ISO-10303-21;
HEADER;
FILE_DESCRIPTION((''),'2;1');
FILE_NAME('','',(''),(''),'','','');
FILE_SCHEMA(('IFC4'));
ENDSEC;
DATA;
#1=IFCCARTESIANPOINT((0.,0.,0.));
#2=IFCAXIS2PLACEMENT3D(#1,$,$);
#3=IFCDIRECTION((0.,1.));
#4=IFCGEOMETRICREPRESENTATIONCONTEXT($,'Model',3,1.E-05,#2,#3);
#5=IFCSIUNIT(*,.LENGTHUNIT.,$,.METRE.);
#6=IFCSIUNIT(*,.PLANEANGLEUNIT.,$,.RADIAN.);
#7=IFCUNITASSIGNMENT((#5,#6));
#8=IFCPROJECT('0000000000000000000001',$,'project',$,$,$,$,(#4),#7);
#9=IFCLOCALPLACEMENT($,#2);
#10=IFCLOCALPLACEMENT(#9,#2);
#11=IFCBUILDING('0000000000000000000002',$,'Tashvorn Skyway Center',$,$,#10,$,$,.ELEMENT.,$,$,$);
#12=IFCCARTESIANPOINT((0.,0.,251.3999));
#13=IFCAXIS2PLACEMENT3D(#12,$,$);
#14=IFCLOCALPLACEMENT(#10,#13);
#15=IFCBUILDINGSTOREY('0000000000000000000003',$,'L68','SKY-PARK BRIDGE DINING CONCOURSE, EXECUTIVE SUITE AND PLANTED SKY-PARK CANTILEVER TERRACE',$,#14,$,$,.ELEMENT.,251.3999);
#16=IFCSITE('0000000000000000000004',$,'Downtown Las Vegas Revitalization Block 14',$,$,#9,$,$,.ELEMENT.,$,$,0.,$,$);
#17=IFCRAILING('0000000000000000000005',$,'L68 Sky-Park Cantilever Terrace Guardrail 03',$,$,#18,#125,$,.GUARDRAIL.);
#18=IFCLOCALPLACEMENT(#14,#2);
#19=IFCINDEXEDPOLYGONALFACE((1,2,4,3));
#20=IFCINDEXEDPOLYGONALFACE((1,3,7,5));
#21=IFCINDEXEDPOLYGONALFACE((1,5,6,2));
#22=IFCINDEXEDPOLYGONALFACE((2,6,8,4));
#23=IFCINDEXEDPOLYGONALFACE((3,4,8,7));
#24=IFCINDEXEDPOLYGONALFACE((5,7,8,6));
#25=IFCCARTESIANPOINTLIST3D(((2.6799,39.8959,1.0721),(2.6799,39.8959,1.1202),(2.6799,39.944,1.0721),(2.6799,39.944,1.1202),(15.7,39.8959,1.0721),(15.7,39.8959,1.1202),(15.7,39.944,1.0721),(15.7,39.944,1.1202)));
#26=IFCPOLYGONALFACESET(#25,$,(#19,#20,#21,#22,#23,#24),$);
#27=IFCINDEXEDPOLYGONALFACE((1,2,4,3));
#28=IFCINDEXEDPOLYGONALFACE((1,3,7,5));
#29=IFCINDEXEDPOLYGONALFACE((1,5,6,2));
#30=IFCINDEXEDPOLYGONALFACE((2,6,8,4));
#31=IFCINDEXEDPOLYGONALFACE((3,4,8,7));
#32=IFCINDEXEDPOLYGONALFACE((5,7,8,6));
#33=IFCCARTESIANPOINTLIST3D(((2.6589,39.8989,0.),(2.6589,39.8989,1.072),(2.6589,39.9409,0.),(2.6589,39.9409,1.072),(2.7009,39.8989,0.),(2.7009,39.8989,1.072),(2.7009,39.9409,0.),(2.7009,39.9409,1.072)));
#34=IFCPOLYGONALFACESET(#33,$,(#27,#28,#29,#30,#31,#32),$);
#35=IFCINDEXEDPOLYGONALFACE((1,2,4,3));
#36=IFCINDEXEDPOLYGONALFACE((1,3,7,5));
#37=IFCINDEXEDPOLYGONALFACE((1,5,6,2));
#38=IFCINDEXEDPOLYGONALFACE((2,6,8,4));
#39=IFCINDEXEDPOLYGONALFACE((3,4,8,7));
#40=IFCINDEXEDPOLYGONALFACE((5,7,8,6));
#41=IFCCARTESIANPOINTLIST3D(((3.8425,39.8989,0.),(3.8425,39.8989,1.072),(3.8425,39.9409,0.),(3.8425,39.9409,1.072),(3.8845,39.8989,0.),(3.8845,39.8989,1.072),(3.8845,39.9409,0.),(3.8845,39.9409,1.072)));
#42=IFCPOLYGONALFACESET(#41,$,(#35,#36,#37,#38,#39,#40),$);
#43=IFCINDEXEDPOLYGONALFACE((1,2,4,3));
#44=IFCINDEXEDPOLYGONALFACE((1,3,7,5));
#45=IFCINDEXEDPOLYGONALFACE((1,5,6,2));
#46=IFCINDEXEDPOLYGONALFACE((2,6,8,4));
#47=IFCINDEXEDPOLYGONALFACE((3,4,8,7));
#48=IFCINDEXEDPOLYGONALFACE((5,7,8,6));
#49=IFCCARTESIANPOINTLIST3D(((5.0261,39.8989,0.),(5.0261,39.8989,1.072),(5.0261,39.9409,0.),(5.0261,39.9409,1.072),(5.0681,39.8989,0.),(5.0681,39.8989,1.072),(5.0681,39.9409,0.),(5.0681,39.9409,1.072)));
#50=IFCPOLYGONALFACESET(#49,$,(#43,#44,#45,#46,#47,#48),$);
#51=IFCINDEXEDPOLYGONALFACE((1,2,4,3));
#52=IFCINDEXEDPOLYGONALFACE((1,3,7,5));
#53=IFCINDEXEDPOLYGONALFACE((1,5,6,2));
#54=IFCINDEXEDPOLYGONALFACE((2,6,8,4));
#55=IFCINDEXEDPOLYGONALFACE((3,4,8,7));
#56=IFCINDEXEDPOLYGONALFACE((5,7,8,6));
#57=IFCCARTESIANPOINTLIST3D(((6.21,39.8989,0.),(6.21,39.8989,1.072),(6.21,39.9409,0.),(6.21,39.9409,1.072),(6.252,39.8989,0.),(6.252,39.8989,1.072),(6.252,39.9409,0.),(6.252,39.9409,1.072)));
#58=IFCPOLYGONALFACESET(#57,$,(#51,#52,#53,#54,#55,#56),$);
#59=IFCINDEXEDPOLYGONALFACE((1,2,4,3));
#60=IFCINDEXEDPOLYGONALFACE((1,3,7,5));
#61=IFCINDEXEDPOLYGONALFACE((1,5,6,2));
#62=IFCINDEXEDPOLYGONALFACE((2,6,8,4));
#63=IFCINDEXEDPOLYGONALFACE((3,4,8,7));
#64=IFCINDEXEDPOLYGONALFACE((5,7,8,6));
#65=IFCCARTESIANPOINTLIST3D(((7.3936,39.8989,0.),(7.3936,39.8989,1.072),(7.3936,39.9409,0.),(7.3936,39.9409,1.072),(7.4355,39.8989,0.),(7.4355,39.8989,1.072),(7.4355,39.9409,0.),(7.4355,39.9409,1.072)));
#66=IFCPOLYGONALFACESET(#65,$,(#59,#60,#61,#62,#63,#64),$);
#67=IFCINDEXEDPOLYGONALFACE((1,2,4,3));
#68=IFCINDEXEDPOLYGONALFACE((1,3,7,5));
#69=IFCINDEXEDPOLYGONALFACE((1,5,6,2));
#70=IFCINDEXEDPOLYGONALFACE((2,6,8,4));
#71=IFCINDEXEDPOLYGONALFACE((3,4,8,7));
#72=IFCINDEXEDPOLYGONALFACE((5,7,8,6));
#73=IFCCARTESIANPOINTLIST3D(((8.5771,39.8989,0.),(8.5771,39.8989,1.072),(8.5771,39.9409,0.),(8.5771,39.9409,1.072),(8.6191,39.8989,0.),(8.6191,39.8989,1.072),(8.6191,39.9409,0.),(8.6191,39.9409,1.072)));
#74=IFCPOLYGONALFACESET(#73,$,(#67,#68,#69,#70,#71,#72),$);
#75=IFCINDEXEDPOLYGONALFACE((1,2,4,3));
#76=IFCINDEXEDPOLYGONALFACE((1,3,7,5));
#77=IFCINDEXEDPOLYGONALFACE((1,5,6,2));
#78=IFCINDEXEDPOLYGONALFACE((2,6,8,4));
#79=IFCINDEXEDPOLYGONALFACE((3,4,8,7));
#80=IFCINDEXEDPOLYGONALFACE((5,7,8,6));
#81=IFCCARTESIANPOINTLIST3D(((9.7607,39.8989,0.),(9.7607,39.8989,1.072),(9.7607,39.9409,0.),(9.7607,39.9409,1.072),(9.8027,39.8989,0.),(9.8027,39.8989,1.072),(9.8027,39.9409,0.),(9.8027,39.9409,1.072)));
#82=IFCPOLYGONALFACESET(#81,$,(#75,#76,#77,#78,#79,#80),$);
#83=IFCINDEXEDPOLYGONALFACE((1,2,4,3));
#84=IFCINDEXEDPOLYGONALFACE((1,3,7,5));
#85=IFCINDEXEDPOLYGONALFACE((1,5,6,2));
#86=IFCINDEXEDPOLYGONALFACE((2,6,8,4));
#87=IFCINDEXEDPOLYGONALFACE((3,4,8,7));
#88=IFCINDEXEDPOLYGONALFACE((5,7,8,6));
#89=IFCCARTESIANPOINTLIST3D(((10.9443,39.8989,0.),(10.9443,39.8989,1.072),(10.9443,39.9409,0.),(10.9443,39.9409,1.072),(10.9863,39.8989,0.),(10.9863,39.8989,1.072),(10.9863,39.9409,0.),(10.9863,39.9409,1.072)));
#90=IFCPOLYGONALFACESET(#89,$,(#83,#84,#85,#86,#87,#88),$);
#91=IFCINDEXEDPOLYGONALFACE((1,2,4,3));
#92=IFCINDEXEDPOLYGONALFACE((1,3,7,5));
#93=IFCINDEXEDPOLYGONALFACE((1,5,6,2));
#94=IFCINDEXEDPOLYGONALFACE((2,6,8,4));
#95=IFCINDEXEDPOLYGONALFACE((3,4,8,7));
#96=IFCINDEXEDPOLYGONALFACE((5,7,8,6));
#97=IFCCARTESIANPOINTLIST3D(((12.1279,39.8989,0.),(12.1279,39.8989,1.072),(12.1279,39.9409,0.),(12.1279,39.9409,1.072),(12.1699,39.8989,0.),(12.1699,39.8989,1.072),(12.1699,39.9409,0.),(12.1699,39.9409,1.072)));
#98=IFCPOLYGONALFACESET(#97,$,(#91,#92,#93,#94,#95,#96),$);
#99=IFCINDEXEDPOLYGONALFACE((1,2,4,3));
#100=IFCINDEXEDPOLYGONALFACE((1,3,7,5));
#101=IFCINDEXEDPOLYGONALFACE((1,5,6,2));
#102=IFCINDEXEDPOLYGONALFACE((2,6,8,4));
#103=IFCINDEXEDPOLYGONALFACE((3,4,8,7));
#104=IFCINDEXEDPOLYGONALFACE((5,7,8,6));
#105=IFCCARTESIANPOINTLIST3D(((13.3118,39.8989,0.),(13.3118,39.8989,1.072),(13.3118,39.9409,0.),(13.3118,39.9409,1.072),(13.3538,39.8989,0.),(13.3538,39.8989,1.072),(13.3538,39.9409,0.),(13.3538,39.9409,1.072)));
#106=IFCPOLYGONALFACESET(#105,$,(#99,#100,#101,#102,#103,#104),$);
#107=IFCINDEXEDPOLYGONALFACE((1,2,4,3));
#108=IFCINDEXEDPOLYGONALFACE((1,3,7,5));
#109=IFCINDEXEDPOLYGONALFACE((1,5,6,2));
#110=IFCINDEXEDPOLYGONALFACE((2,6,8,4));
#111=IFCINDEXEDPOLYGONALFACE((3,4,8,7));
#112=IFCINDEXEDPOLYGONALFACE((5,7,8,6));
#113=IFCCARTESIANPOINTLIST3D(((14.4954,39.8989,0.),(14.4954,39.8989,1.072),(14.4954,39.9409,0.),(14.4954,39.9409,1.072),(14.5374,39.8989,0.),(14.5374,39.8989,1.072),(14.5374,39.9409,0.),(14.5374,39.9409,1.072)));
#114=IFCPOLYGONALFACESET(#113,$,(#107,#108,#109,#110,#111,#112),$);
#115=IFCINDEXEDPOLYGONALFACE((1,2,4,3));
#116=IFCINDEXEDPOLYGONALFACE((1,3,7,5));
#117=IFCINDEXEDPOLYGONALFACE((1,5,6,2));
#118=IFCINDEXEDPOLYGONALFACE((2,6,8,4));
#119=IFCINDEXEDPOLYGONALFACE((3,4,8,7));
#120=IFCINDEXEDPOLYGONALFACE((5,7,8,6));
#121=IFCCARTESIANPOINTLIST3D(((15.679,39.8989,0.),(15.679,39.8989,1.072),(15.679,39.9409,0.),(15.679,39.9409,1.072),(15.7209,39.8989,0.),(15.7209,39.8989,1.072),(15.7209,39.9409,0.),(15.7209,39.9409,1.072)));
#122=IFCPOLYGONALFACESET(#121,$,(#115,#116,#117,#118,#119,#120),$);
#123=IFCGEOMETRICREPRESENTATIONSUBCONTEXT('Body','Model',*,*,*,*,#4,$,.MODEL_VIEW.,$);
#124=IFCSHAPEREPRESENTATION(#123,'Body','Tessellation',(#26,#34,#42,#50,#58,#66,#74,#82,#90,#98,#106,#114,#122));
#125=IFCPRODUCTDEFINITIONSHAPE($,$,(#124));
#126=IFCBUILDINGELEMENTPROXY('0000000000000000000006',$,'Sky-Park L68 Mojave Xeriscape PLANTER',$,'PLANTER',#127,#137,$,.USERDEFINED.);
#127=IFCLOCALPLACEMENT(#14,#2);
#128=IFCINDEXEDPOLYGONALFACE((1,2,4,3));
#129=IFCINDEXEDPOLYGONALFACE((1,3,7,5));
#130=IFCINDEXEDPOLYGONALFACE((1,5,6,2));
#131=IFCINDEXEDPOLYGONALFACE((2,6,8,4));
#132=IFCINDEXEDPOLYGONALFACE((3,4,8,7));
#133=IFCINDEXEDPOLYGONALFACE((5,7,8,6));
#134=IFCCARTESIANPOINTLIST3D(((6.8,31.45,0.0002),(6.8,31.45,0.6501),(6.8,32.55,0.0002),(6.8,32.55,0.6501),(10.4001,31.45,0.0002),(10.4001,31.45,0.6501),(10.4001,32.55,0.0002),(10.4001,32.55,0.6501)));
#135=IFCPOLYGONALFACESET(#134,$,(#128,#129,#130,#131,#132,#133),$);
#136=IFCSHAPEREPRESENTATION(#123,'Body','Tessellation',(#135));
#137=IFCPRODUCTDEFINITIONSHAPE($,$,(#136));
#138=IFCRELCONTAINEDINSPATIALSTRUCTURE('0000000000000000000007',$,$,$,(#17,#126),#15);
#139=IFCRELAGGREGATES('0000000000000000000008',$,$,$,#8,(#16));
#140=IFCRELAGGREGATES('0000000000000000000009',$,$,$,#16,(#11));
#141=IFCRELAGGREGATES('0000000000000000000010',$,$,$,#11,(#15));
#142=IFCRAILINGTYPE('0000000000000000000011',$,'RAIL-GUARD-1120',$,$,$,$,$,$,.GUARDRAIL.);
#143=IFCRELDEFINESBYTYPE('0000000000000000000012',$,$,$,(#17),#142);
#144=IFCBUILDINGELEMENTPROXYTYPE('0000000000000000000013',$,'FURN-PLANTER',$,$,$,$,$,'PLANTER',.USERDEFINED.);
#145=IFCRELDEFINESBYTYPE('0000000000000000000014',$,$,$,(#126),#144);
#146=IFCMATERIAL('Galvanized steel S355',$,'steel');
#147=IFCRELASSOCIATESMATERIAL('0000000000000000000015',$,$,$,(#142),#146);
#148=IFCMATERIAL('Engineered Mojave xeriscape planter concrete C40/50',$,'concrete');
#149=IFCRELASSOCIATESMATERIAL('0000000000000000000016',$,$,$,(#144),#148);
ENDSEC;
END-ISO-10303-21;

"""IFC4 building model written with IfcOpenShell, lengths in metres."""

from ifc_helpers import new_model, si_unit, direction, frame, origin, origin_2d, place, context, subcontext, project, spatial, rectangle, extrude, material, type_object, element, save


model = new_model("IFC4")

# Units and contexts
model_context = context("Model", 3, precision=1e-05, world=origin(), true_north=direction((0.0, 1.0)))
body_context = subcontext(model_context, "Body", "Model", "MODEL_VIEW")
ifc_project = project(units=[si_unit("LENGTHUNIT", "METRE"), si_unit("PLANEANGLEUNIT", "RADIAN")], contexts=[model_context])

# Site, building, storey
site_placement = place(None, origin())
site = spatial("IfcSite", under=ifc_project, at=site_placement, Name="Downtown Las Vegas Revitalization Block 14", CompositionType="ELEMENT", RefElevation=0.0)
building_placement = place(site_placement, origin())
building = spatial("IfcBuilding", under=site, at=building_placement, Name="Tashvorn Skyway Center", CompositionType="ELEMENT")
storey_placement = place(building_placement, frame((0.0, 0.0, 251.3999)))
storey = spatial("IfcBuildingStorey", under=building, at=storey_placement, Name="L68", Description="SKY-PARK BRIDGE DINING CONCOURSE, EXECUTIVE SUITE AND PLANTED SKY-PARK CANTILEVER TERRACE", CompositionType="ELEMENT", Elevation=251.3999)

# Railing
ifc_material_1 = material(Name="Galvanized steel S355", Category="steel")
railing_type = type_object("IfcRailingType", Name="RAIL-GUARD-1120", PredefinedType="GUARDRAIL", material=ifc_material_1)
railing_placement = place(storey_placement, frame((2.6799, 39.9199, 0.0)))
element("IfcRailing", 1, at=railing_placement, inside=storey, type_object=railing_type, Name="L68 Sky-Park Cantilever Terrace Guardrail 03", PredefinedType="GUARDRAIL", context=body_context, shape_type="SweptSolid", body=[
    extrude(rectangle(XDim=0.0481, YDim=0.0481, at=origin_2d()), frame((0.0, 0.0, 1.0962), z_axis=(1.0, 0.0, 0.0), x_axis=(0.0, 1.0, 0.0)), (0.0, 0.0, 1.0), 13.02),
    extrude(rectangle(XDim=0.042, YDim=0.042, at=origin_2d()), origin(), (0.0, 0.0, 1.0), 1.072),
    extrude(rectangle(XDim=0.042, YDim=0.042, at=origin_2d()), frame((1.1836, 0.0, 0.0)), (0.0, 0.0, 1.0), 1.072),
    extrude(rectangle(XDim=0.042, YDim=0.042, at=origin_2d()), frame((2.3672, 0.0, 0.0)), (0.0, 0.0, 1.0), 1.072),
    extrude(rectangle(XDim=0.042, YDim=0.042, at=origin_2d()), frame((3.551, 0.0, 0.0)), (0.0, 0.0, 1.0), 1.072),
    extrude(rectangle(XDim=0.042, YDim=0.042, at=origin_2d()), frame((4.7346, 0.0, 0.0)), (0.0, 0.0, 1.0), 1.072),
    extrude(rectangle(XDim=0.042, YDim=0.042, at=origin_2d()), frame((5.9182, 0.0, 0.0)), (0.0, 0.0, 1.0), 1.072),
    extrude(rectangle(XDim=0.042, YDim=0.042, at=origin_2d()), frame((7.1018, 0.0, 0.0)), (0.0, 0.0, 1.0), 1.072),
    extrude(rectangle(XDim=0.042, YDim=0.042, at=origin_2d()), frame((8.2854, 0.0, 0.0)), (0.0, 0.0, 1.0), 1.072),
    extrude(rectangle(XDim=0.042, YDim=0.042, at=origin_2d()), frame((9.469, 0.0, 0.0)), (0.0, 0.0, 1.0), 1.072),
    extrude(rectangle(XDim=0.042, YDim=0.042, at=origin_2d()), frame((10.6528, 0.0, 0.0)), (0.0, 0.0, 1.0), 1.072),
    extrude(rectangle(XDim=0.042, YDim=0.042, at=origin_2d()), frame((11.8364, 0.0, 0.0)), (0.0, 0.0, 1.0), 1.072),
    extrude(rectangle(XDim=0.042, YDim=0.042, at=origin_2d()), frame((13.02, 0.0, 0.0)), (0.0, 0.0, 1.0), 1.072),
])

# Building element proxy
ifc_material_2 = material(Name="Engineered Mojave xeriscape planter concrete C40/50", Category="concrete")
building_element_proxy_type = type_object("IfcBuildingElementProxyType", Name="FURN-PLANTER", ElementType="PLANTER", PredefinedType="USERDEFINED", material=ifc_material_2)
proxy_placement = place(storey_placement, frame((8.6001, 32.0, 0.0002), z_axis=(0.0, 0.0, 1.0), x_axis=(1.0, 0.0, 0.0)))
element("IfcBuildingElementProxy", 2, at=proxy_placement, inside=storey, type_object=building_element_proxy_type, Name="Sky-Park L68 Mojave Xeriscape PLANTER", ObjectType="PLANTER", PredefinedType="USERDEFINED", context=body_context, shape_type="SweptSolid", body=[
    extrude(rectangle(XDim=3.6001, YDim=1.1001, at=origin_2d()), origin(), (0.0, 0.0, 1.0), 0.6499),
])

save(model, "model.ifc")
